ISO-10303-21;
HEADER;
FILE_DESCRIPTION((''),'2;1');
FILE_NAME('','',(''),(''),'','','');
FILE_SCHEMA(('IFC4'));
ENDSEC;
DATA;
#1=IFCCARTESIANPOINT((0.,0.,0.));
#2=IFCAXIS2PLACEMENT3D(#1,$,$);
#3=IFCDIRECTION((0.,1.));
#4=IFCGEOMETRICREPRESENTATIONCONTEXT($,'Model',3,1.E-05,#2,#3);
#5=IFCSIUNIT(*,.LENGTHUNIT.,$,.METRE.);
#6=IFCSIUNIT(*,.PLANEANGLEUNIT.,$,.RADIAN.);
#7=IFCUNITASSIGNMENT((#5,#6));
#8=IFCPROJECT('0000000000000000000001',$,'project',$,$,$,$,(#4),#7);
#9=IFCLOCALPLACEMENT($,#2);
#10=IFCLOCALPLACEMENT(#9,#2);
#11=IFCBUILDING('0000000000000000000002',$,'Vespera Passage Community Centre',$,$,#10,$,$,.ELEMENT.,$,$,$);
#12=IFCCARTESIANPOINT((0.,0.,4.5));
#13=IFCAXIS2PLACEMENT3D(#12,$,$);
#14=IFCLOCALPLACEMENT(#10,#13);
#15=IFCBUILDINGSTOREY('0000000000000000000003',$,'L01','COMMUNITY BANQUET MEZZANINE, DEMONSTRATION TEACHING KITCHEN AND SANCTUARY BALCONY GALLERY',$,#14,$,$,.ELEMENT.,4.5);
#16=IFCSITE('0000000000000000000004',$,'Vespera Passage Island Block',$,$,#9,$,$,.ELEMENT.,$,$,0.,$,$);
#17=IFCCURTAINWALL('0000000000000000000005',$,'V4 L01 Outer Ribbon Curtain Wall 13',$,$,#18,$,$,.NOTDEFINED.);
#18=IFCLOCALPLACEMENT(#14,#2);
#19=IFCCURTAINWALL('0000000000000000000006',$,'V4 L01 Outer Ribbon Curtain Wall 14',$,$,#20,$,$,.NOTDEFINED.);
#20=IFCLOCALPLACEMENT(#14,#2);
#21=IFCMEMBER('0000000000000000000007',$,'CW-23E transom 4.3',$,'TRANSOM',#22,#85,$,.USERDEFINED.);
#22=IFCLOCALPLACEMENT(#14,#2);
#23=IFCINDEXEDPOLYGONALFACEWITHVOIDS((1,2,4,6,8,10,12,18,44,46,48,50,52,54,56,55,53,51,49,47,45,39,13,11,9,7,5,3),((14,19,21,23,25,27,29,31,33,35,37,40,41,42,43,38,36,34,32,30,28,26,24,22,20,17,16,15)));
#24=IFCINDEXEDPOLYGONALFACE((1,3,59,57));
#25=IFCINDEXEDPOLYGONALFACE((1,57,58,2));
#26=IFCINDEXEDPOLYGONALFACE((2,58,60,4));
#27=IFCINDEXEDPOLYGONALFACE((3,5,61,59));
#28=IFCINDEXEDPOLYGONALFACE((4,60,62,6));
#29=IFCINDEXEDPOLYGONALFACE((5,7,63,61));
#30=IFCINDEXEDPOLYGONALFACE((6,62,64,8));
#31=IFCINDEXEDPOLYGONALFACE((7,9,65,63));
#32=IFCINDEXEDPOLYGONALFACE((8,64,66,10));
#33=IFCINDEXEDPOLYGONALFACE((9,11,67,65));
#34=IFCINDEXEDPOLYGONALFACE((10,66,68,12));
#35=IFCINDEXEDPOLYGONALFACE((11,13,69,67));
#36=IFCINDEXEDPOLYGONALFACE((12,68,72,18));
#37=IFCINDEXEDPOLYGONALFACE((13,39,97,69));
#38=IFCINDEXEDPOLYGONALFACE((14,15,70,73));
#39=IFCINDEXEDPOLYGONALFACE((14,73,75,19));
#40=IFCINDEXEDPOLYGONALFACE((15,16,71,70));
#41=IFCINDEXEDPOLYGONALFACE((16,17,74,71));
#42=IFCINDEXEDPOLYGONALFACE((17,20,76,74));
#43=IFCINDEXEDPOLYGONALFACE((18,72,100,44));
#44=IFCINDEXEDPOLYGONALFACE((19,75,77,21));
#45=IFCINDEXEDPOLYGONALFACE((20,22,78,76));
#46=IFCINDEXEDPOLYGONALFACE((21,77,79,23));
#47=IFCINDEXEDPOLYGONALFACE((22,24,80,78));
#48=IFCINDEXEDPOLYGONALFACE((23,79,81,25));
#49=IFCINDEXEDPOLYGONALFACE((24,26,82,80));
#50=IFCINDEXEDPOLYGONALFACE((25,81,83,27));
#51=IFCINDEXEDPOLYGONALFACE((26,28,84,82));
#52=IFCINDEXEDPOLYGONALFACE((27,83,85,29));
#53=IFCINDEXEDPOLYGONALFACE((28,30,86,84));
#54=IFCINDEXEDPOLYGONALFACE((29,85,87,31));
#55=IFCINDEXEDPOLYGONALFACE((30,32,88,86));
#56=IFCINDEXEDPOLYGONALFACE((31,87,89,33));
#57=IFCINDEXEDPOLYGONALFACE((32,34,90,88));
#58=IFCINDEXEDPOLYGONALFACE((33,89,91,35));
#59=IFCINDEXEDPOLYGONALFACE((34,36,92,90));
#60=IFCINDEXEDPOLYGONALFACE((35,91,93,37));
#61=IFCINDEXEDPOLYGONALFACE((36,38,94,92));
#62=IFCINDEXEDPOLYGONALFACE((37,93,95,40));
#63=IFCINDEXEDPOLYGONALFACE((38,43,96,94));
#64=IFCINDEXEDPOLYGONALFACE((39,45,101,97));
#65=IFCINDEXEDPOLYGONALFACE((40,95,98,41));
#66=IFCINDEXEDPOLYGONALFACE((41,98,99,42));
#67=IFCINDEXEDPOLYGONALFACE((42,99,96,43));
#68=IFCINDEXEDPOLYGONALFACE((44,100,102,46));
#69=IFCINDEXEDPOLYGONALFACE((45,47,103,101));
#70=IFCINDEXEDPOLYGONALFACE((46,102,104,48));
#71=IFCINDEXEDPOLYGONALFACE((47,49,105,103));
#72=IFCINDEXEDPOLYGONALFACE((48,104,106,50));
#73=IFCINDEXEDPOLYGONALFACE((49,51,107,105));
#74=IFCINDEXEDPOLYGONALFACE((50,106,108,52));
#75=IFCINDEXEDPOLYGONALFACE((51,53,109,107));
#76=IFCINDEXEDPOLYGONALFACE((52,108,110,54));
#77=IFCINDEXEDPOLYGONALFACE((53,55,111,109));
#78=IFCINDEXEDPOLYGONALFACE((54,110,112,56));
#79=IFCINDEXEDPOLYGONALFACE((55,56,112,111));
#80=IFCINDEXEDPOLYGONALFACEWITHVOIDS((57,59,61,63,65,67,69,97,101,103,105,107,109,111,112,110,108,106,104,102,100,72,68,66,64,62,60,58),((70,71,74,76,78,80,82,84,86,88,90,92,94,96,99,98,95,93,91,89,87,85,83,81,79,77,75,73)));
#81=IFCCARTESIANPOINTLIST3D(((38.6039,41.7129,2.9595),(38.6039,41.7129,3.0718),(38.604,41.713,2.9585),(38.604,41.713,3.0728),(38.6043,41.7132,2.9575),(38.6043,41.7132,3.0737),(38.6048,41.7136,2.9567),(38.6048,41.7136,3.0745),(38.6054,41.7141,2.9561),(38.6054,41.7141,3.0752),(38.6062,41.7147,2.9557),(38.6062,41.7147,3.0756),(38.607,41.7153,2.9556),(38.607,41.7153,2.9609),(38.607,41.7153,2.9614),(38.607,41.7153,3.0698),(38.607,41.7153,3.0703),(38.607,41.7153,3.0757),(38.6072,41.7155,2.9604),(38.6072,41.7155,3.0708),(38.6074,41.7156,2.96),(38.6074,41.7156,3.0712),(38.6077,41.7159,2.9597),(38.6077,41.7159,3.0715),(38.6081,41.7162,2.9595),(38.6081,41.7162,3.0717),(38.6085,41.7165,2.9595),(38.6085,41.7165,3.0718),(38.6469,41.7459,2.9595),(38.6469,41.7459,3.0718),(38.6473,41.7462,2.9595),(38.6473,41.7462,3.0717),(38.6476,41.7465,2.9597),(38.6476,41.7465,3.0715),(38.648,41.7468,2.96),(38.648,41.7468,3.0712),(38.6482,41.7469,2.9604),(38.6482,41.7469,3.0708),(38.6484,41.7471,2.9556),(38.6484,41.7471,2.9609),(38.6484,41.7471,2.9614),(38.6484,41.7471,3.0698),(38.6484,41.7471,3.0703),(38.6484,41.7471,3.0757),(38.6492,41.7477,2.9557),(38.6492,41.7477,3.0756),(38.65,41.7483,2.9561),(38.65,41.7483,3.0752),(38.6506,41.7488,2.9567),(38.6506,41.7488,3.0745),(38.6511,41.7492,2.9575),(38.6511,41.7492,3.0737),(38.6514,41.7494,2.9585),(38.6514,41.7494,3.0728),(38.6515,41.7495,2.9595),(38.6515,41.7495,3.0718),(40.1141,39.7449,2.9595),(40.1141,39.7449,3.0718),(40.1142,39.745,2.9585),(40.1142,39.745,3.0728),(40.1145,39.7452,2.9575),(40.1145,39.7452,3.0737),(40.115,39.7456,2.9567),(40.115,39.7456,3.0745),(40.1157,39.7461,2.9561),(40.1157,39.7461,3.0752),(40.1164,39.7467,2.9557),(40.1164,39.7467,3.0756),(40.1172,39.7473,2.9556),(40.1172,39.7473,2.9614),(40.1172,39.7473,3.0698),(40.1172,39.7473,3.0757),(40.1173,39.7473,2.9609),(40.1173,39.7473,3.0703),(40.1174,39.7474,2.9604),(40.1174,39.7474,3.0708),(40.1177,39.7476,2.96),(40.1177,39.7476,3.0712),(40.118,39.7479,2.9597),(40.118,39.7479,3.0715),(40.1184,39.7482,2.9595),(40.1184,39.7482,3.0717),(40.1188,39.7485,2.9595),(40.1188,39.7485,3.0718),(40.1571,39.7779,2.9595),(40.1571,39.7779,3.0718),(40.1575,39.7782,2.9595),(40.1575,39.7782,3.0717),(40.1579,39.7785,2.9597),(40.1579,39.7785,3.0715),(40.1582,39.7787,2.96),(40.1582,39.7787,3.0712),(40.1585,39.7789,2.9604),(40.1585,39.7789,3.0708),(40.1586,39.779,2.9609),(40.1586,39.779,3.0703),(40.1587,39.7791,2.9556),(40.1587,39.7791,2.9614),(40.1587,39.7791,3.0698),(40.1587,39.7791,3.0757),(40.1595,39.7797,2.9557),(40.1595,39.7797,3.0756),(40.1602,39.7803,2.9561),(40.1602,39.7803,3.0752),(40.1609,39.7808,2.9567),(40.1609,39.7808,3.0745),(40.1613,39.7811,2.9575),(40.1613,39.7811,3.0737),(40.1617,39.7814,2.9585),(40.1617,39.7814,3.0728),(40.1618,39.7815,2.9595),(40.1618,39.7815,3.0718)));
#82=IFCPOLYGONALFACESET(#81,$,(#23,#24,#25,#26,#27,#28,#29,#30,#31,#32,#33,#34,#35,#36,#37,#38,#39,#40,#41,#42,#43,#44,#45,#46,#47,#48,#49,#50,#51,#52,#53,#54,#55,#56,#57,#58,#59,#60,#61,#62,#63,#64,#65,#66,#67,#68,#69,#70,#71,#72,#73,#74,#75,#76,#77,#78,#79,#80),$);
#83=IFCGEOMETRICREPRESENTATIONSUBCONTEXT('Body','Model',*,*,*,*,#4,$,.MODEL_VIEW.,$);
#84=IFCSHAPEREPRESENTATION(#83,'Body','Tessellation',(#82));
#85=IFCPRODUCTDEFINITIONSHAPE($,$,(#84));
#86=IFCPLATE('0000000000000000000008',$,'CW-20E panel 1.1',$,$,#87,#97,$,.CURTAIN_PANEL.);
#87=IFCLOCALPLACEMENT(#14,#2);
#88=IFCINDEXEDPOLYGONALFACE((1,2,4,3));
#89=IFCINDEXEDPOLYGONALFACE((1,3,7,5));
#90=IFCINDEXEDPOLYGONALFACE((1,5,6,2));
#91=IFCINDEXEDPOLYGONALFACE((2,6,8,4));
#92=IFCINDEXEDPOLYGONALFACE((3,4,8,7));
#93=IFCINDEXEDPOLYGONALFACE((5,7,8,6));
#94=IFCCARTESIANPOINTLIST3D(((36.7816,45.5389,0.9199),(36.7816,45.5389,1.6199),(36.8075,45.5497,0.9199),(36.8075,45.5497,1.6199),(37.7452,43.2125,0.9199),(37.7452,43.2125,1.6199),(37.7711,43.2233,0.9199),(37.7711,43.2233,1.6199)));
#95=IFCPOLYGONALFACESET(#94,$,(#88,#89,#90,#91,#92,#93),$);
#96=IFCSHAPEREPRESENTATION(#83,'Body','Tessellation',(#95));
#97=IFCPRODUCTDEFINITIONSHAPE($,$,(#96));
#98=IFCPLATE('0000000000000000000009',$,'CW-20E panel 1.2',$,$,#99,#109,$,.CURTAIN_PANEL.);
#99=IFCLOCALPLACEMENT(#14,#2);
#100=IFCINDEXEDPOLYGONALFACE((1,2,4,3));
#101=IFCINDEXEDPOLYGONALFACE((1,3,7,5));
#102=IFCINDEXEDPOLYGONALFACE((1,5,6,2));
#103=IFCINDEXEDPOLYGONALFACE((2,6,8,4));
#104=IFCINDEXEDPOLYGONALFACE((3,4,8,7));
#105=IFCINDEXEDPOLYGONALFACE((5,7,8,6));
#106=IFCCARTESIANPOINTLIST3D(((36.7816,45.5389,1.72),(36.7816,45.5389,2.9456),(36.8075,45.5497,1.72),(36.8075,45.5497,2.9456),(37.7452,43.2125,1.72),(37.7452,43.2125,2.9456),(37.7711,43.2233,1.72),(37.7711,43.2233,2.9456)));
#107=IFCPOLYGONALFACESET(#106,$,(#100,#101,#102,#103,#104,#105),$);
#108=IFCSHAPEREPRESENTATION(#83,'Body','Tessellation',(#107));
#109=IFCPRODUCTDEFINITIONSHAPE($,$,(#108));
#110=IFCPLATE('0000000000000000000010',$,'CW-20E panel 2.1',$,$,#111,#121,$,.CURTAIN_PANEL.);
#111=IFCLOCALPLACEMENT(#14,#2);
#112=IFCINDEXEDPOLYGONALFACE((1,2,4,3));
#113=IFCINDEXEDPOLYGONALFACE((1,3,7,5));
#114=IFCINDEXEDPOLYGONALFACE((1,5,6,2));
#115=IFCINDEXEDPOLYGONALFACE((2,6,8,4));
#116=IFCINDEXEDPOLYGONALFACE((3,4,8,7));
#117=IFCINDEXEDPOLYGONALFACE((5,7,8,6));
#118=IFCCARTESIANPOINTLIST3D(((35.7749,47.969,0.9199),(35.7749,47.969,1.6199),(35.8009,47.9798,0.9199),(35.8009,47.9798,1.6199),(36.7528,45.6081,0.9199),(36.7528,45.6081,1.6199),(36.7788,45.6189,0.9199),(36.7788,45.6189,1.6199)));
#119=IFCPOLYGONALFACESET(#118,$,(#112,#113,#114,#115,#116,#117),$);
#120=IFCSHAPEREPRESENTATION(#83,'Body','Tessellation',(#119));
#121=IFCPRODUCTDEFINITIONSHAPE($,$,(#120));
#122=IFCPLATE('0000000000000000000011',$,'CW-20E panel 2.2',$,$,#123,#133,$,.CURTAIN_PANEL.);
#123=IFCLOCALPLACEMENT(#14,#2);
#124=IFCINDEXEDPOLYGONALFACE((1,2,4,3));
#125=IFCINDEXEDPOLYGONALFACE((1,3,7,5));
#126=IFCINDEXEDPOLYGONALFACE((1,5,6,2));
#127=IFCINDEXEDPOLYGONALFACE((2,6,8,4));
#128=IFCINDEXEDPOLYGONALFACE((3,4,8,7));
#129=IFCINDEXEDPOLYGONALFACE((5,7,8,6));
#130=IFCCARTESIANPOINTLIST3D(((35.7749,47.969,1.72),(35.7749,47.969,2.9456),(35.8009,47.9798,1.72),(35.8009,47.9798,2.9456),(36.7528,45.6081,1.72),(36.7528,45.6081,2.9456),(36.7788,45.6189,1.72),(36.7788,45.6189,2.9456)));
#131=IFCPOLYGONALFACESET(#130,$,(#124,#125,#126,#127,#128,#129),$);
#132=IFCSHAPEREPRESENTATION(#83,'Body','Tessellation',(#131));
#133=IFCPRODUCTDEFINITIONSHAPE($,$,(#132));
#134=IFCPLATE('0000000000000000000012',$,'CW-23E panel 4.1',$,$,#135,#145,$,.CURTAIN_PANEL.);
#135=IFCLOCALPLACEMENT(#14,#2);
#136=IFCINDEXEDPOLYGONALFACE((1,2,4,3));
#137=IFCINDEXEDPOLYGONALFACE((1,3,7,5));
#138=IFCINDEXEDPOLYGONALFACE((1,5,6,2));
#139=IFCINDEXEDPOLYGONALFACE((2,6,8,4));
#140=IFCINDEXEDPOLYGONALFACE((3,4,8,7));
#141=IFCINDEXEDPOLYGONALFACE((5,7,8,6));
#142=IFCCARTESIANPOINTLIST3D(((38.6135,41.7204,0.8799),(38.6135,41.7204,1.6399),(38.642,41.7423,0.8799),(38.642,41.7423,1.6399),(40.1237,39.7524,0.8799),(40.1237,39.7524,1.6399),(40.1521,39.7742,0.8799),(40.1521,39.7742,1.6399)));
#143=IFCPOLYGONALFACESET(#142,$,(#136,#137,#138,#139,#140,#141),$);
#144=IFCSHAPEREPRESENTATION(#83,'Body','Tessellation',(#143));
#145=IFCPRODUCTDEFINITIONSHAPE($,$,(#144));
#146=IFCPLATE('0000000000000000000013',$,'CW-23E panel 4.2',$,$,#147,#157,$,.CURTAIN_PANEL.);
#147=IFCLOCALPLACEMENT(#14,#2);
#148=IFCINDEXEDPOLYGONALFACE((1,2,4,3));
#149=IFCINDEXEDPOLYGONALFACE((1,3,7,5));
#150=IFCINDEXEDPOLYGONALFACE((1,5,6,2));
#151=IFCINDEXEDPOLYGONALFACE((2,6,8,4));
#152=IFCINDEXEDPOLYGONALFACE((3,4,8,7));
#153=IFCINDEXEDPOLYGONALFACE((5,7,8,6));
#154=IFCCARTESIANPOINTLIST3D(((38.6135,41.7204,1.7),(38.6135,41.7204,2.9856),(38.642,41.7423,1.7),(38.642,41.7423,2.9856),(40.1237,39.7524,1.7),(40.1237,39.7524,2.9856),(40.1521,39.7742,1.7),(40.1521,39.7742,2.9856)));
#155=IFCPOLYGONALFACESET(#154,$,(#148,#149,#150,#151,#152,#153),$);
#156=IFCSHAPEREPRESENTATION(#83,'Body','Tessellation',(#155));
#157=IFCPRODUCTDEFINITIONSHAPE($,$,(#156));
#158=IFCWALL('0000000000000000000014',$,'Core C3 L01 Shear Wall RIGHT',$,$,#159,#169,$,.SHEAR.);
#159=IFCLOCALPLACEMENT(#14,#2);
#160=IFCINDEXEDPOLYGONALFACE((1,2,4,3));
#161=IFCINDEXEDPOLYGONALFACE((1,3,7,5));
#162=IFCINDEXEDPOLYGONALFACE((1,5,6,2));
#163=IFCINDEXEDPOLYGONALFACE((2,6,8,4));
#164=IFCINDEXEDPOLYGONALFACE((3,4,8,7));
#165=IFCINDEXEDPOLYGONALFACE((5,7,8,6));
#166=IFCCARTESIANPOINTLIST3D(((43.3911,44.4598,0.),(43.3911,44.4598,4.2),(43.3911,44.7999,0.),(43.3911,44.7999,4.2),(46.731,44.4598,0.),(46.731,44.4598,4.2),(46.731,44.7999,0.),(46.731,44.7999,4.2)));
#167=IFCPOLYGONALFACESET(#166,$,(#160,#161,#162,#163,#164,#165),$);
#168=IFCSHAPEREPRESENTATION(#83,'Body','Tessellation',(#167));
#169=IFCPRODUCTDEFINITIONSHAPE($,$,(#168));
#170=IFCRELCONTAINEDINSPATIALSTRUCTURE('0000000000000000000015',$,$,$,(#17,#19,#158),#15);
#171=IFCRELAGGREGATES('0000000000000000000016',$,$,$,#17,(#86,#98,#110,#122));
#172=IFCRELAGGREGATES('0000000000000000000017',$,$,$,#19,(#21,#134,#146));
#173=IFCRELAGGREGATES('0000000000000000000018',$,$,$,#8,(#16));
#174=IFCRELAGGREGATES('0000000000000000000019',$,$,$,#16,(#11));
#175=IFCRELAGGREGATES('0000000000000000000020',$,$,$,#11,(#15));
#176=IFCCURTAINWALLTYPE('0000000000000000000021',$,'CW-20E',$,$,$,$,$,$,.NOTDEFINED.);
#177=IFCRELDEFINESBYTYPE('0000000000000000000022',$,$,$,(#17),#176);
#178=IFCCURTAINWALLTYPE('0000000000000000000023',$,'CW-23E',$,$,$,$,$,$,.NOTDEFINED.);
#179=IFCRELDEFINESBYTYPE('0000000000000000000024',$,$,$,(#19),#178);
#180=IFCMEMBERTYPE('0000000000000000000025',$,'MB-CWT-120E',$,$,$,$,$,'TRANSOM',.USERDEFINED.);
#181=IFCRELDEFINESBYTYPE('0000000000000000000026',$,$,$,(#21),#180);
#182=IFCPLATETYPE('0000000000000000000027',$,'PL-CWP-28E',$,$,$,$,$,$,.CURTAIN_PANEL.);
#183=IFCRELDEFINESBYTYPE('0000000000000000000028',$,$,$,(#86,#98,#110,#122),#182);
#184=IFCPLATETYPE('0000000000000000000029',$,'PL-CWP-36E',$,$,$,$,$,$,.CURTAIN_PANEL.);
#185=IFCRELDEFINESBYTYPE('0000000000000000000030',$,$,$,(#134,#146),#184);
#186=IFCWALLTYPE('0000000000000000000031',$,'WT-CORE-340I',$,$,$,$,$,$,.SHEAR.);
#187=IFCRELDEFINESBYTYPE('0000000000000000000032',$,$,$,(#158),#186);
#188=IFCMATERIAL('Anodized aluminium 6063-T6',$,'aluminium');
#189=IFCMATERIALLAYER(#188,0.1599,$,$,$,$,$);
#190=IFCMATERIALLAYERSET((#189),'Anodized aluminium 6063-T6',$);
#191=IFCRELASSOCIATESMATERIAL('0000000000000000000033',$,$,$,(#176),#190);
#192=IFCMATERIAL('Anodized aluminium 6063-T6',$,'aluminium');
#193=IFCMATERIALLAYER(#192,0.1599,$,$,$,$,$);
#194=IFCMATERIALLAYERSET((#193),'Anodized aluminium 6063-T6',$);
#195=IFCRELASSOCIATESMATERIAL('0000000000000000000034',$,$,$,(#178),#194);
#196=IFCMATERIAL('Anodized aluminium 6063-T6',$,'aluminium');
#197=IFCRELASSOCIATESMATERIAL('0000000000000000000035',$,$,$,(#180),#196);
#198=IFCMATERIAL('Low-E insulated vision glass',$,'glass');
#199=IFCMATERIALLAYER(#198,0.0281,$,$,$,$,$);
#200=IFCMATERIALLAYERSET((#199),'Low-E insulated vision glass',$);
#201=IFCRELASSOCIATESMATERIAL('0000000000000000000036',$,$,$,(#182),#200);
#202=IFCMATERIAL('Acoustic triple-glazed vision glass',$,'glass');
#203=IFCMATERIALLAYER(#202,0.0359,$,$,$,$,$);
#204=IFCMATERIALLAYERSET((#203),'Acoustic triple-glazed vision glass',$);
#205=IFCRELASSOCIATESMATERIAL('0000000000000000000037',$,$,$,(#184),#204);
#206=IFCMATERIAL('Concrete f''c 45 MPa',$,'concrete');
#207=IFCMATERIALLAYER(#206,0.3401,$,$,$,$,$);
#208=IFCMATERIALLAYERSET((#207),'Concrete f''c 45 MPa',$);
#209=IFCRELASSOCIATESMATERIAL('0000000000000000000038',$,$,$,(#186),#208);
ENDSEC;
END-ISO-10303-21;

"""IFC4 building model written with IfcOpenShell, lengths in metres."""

from ifc_helpers import new_model, si_unit, direction, frame, frame_2d, origin, origin_2d, place, context, subcontext, project, spatial, rectangle, hollow_rectangle, extrude, material, layer, layer_set, material_profile, profile_set, type_object, element, aggregate, save


model = new_model("IFC4")

# Units and contexts
model_context = context("Model", 3, precision=1e-05, world=origin(), true_north=direction((0.0, 1.0)))
body_context = subcontext(model_context, "Body", "Model", "MODEL_VIEW")
ifc_project = project(units=[si_unit("LENGTHUNIT", "METRE"), si_unit("PLANEANGLEUNIT", "RADIAN")], contexts=[model_context])

# Site, building, storey
site_placement = place(None, origin())
site = spatial("IfcSite", under=ifc_project, at=site_placement, Name="Vespera Passage Island Block", CompositionType="ELEMENT", RefElevation=0.0)
building_placement = place(site_placement, origin())
building = spatial("IfcBuilding", under=site, at=building_placement, Name="Vespera Passage Community Centre", CompositionType="ELEMENT")
storey_placement = place(building_placement, frame((0.0, 0.0, 4.5)))
storey = spatial("IfcBuildingStorey", under=building, at=storey_placement, Name="L01", Description="COMMUNITY BANQUET MEZZANINE, DEMONSTRATION TEACHING KITCHEN AND SANCTUARY BALCONY GALLERY", CompositionType="ELEMENT", Elevation=4.5)

# Curtain wall
ifc_material_1 = material(Name="Anodized aluminium 6063-T6", Category="aluminium")
ifc_layer_1 = layer(ifc_material_1, 0.1599)
ifc_layer_set_1 = layer_set([ifc_layer_1], Name="Anodized aluminium 6063-T6")
curtain_wall_type_1 = type_object("IfcCurtainWallType", Name="CW-20E", PredefinedType="NOTDEFINED", material=ifc_layer_set_1)
curtain_wall_1_placement = place(storey_placement, origin())
curtain_wall_1 = element("IfcCurtainWall", 1, at=curtain_wall_1_placement, inside=storey, type_object=curtain_wall_type_1, Name="V4 L01 Outer Ribbon Curtain Wall 13", PredefinedType="NOTDEFINED")

# Curtain wall
ifc_material_2 = material(Name="Anodized aluminium 6063-T6", Category="aluminium")
ifc_layer_2 = layer(ifc_material_2, 0.1599)
ifc_layer_set_2 = layer_set([ifc_layer_2], Name="Anodized aluminium 6063-T6")
curtain_wall_type_2 = type_object("IfcCurtainWallType", Name="CW-23E", PredefinedType="NOTDEFINED", material=ifc_layer_set_2)
curtain_wall_2_placement = place(storey_placement, origin())
curtain_wall_2 = element("IfcCurtainWall", 2, at=curtain_wall_2_placement, inside=storey, type_object=curtain_wall_type_2, Name="V4 L01 Outer Ribbon Curtain Wall 14", PredefinedType="NOTDEFINED")

# Member
ifc_material_3 = material(Name="Anodized aluminium 6063-T6", Category="aluminium")
ifc_material_profile_1 = material_profile(ifc_material_3, hollow_rectangle(XDim=0.0601, YDim=0.1201, WallThickness=0.0039, InnerFilletRadius=0.002, OuterFilletRadius=0.0039, at=origin_2d()), Name="ALU120X60X4")
ifc_profile_set_1 = profile_set([ifc_material_profile_1], Name="Anodized aluminium 6063-T6")
member_type_1 = type_object("IfcMemberType", Name="MB-CWT-120E", ElementType="TRANSOM", PredefinedType="USERDEFINED", material=ifc_profile_set_1)
member_1_placement = place(storey_placement, frame((40.1379, 39.7632, 3.0156), z_axis=(-0.608797, 0.793326, 0.0), x_axis=(-0.793326, -0.608797, 0.0)))
member_1 = element("IfcMember", 3, at=member_1_placement, type_object=member_type_1, Name="CW-23E transom 4.3", ObjectType="TRANSOM", PredefinedType="USERDEFINED", context=body_context, shape_type="SweptSolid", body=[
    extrude(hollow_rectangle(XDim=0.0601, YDim=0.1201, WallThickness=0.0039, InnerFilletRadius=0.002, OuterFilletRadius=0.0039, at=origin_2d()), origin(), (0.0, 0.0, 1.0), 2.4807),
])

# Plates
ifc_material_4 = material(Name="Low-E insulated vision glass", Category="glass")
ifc_layer_3 = layer(ifc_material_4, 0.0281)
ifc_layer_set_3 = layer_set([ifc_layer_3], Name="Low-E insulated vision glass")
plate_type_1 = type_object("IfcPlateType", Name="PL-CWP-28E", PredefinedType="CURTAIN_PANEL", material=ifc_layer_set_3)
plate_1_placement = place(storey_placement, frame((37.2764, 44.3811, 0.9199), z_axis=(0.0, 0.0, 1.0), x_axis=(-0.382679, 0.923881, 0.0)))
plate_1 = element("IfcPlate", 4, at=plate_1_placement, type_object=plate_type_1, Name="CW-20E panel 1.1", PredefinedType="CURTAIN_PANEL", context=body_context, shape_type="SweptSolid", body=[
    extrude(rectangle(XDim=2.5181, YDim=0.0281, at=origin_2d()), origin(), (0.0, 0.0, 1.0), 0.7),
])
plate_2_placement = place(storey_placement, frame((37.2764, 44.3811, 1.72), z_axis=(0.0, 0.0, 1.0), x_axis=(-0.382679, 0.923881, 0.0)))
plate_2 = element("IfcPlate", 5, at=plate_2_placement, type_object=plate_type_1, Name="CW-20E panel 1.2", PredefinedType="CURTAIN_PANEL", context=body_context, shape_type="SweptSolid", body=[
    extrude(rectangle(XDim=2.5181, YDim=0.0281, at=origin_2d()), origin(), (0.0, 0.0, 1.0), 1.2256),
])
plate_3_placement = place(storey_placement, frame((36.2769, 46.7939, 0.9199), z_axis=(0.0, 0.0, 1.0), x_axis=(-0.382679, 0.923881, 0.0)))
plate_3 = element("IfcPlate", 6, at=plate_3_placement, type_object=plate_type_1, Name="CW-20E panel 2.1", PredefinedType="CURTAIN_PANEL", context=body_context, shape_type="SweptSolid", body=[
    extrude(rectangle(XDim=2.5554, YDim=0.0281, at=origin_2d()), origin(), (0.0, 0.0, 1.0), 0.7),
])
plate_4_placement = place(storey_placement, frame((36.2769, 46.7939, 1.72), z_axis=(0.0, 0.0, 1.0), x_axis=(-0.382679, 0.923881, 0.0)))
plate_4 = element("IfcPlate", 7, at=plate_4_placement, type_object=plate_type_1, Name="CW-20E panel 2.2", PredefinedType="CURTAIN_PANEL", context=body_context, shape_type="SweptSolid", body=[
    extrude(rectangle(XDim=2.5554, YDim=0.0281, at=origin_2d()), origin(), (0.0, 0.0, 1.0), 1.2256),
])
aggregate(curtain_wall_1, [plate_1, plate_2, plate_3, plate_4])
ifc_material_5 = material(Name="Acoustic triple-glazed vision glass", Category="glass")
ifc_layer_4 = layer(ifc_material_5, 0.0359)
ifc_layer_set_4 = layer_set([ifc_layer_4], Name="Acoustic triple-glazed vision glass")
plate_type_2 = type_object("IfcPlateType", Name="PL-CWP-36E", PredefinedType="CURTAIN_PANEL", material=ifc_layer_set_4)
plate_5_placement = place(storey_placement, frame((39.3828, 40.7473, 0.8799), z_axis=(0.0, 0.0, 1.0), x_axis=(-0.608765, 0.79335, 0.0)))
plate_5 = element("IfcPlate", 8, at=plate_5_placement, type_object=plate_type_2, Name="CW-23E panel 4.1", PredefinedType="CURTAIN_PANEL", context=body_context, shape_type="SweptSolid", body=[
    extrude(rectangle(XDim=2.4807, YDim=0.0359, at=origin_2d()), origin(), (0.0, 0.0, 1.0), 0.76),
])
plate_6_placement = place(storey_placement, frame((39.3828, 40.7473, 1.7), z_axis=(0.0, 0.0, 1.0), x_axis=(-0.608765, 0.79335, 0.0)))
plate_6 = element("IfcPlate", 9, at=plate_6_placement, type_object=plate_type_2, Name="CW-23E panel 4.2", PredefinedType="CURTAIN_PANEL", context=body_context, shape_type="SweptSolid", body=[
    extrude(rectangle(XDim=2.4807, YDim=0.0359, at=origin_2d()), origin(), (0.0, 0.0, 1.0), 1.2856),
])
aggregate(curtain_wall_2, [member_1, plate_5, plate_6])

# Wall
ifc_material_6 = material(Name="Concrete f'c 45 MPa", Category="concrete")
ifc_layer_5 = layer(ifc_material_6, 0.3401)
ifc_layer_set_5 = layer_set([ifc_layer_5], Name="Concrete f'c 45 MPa")
wall_type_1 = type_object("IfcWallType", Name="WT-CORE-340I", PredefinedType="SHEAR", material=ifc_layer_set_5)
wall_1_placement = place(storey_placement, frame((43.3911, 44.6299, 0.0), z_axis=(0.0, 0.0, 1.0), x_axis=(1.0, 0.0, 0.0)))
element("IfcWall", 10, at=wall_1_placement, inside=storey, type_object=wall_type_1, Name="Core C3 L01 Shear Wall RIGHT", PredefinedType="SHEAR", context=body_context, shape_type="SweptSolid", body=[
    extrude(rectangle(XDim=3.3398, YDim=0.3401, at=frame_2d((1.6699, 0.0))), origin(), (0.0, 0.0, 1.0), 4.2),
])

save(model, "model.ifc")
